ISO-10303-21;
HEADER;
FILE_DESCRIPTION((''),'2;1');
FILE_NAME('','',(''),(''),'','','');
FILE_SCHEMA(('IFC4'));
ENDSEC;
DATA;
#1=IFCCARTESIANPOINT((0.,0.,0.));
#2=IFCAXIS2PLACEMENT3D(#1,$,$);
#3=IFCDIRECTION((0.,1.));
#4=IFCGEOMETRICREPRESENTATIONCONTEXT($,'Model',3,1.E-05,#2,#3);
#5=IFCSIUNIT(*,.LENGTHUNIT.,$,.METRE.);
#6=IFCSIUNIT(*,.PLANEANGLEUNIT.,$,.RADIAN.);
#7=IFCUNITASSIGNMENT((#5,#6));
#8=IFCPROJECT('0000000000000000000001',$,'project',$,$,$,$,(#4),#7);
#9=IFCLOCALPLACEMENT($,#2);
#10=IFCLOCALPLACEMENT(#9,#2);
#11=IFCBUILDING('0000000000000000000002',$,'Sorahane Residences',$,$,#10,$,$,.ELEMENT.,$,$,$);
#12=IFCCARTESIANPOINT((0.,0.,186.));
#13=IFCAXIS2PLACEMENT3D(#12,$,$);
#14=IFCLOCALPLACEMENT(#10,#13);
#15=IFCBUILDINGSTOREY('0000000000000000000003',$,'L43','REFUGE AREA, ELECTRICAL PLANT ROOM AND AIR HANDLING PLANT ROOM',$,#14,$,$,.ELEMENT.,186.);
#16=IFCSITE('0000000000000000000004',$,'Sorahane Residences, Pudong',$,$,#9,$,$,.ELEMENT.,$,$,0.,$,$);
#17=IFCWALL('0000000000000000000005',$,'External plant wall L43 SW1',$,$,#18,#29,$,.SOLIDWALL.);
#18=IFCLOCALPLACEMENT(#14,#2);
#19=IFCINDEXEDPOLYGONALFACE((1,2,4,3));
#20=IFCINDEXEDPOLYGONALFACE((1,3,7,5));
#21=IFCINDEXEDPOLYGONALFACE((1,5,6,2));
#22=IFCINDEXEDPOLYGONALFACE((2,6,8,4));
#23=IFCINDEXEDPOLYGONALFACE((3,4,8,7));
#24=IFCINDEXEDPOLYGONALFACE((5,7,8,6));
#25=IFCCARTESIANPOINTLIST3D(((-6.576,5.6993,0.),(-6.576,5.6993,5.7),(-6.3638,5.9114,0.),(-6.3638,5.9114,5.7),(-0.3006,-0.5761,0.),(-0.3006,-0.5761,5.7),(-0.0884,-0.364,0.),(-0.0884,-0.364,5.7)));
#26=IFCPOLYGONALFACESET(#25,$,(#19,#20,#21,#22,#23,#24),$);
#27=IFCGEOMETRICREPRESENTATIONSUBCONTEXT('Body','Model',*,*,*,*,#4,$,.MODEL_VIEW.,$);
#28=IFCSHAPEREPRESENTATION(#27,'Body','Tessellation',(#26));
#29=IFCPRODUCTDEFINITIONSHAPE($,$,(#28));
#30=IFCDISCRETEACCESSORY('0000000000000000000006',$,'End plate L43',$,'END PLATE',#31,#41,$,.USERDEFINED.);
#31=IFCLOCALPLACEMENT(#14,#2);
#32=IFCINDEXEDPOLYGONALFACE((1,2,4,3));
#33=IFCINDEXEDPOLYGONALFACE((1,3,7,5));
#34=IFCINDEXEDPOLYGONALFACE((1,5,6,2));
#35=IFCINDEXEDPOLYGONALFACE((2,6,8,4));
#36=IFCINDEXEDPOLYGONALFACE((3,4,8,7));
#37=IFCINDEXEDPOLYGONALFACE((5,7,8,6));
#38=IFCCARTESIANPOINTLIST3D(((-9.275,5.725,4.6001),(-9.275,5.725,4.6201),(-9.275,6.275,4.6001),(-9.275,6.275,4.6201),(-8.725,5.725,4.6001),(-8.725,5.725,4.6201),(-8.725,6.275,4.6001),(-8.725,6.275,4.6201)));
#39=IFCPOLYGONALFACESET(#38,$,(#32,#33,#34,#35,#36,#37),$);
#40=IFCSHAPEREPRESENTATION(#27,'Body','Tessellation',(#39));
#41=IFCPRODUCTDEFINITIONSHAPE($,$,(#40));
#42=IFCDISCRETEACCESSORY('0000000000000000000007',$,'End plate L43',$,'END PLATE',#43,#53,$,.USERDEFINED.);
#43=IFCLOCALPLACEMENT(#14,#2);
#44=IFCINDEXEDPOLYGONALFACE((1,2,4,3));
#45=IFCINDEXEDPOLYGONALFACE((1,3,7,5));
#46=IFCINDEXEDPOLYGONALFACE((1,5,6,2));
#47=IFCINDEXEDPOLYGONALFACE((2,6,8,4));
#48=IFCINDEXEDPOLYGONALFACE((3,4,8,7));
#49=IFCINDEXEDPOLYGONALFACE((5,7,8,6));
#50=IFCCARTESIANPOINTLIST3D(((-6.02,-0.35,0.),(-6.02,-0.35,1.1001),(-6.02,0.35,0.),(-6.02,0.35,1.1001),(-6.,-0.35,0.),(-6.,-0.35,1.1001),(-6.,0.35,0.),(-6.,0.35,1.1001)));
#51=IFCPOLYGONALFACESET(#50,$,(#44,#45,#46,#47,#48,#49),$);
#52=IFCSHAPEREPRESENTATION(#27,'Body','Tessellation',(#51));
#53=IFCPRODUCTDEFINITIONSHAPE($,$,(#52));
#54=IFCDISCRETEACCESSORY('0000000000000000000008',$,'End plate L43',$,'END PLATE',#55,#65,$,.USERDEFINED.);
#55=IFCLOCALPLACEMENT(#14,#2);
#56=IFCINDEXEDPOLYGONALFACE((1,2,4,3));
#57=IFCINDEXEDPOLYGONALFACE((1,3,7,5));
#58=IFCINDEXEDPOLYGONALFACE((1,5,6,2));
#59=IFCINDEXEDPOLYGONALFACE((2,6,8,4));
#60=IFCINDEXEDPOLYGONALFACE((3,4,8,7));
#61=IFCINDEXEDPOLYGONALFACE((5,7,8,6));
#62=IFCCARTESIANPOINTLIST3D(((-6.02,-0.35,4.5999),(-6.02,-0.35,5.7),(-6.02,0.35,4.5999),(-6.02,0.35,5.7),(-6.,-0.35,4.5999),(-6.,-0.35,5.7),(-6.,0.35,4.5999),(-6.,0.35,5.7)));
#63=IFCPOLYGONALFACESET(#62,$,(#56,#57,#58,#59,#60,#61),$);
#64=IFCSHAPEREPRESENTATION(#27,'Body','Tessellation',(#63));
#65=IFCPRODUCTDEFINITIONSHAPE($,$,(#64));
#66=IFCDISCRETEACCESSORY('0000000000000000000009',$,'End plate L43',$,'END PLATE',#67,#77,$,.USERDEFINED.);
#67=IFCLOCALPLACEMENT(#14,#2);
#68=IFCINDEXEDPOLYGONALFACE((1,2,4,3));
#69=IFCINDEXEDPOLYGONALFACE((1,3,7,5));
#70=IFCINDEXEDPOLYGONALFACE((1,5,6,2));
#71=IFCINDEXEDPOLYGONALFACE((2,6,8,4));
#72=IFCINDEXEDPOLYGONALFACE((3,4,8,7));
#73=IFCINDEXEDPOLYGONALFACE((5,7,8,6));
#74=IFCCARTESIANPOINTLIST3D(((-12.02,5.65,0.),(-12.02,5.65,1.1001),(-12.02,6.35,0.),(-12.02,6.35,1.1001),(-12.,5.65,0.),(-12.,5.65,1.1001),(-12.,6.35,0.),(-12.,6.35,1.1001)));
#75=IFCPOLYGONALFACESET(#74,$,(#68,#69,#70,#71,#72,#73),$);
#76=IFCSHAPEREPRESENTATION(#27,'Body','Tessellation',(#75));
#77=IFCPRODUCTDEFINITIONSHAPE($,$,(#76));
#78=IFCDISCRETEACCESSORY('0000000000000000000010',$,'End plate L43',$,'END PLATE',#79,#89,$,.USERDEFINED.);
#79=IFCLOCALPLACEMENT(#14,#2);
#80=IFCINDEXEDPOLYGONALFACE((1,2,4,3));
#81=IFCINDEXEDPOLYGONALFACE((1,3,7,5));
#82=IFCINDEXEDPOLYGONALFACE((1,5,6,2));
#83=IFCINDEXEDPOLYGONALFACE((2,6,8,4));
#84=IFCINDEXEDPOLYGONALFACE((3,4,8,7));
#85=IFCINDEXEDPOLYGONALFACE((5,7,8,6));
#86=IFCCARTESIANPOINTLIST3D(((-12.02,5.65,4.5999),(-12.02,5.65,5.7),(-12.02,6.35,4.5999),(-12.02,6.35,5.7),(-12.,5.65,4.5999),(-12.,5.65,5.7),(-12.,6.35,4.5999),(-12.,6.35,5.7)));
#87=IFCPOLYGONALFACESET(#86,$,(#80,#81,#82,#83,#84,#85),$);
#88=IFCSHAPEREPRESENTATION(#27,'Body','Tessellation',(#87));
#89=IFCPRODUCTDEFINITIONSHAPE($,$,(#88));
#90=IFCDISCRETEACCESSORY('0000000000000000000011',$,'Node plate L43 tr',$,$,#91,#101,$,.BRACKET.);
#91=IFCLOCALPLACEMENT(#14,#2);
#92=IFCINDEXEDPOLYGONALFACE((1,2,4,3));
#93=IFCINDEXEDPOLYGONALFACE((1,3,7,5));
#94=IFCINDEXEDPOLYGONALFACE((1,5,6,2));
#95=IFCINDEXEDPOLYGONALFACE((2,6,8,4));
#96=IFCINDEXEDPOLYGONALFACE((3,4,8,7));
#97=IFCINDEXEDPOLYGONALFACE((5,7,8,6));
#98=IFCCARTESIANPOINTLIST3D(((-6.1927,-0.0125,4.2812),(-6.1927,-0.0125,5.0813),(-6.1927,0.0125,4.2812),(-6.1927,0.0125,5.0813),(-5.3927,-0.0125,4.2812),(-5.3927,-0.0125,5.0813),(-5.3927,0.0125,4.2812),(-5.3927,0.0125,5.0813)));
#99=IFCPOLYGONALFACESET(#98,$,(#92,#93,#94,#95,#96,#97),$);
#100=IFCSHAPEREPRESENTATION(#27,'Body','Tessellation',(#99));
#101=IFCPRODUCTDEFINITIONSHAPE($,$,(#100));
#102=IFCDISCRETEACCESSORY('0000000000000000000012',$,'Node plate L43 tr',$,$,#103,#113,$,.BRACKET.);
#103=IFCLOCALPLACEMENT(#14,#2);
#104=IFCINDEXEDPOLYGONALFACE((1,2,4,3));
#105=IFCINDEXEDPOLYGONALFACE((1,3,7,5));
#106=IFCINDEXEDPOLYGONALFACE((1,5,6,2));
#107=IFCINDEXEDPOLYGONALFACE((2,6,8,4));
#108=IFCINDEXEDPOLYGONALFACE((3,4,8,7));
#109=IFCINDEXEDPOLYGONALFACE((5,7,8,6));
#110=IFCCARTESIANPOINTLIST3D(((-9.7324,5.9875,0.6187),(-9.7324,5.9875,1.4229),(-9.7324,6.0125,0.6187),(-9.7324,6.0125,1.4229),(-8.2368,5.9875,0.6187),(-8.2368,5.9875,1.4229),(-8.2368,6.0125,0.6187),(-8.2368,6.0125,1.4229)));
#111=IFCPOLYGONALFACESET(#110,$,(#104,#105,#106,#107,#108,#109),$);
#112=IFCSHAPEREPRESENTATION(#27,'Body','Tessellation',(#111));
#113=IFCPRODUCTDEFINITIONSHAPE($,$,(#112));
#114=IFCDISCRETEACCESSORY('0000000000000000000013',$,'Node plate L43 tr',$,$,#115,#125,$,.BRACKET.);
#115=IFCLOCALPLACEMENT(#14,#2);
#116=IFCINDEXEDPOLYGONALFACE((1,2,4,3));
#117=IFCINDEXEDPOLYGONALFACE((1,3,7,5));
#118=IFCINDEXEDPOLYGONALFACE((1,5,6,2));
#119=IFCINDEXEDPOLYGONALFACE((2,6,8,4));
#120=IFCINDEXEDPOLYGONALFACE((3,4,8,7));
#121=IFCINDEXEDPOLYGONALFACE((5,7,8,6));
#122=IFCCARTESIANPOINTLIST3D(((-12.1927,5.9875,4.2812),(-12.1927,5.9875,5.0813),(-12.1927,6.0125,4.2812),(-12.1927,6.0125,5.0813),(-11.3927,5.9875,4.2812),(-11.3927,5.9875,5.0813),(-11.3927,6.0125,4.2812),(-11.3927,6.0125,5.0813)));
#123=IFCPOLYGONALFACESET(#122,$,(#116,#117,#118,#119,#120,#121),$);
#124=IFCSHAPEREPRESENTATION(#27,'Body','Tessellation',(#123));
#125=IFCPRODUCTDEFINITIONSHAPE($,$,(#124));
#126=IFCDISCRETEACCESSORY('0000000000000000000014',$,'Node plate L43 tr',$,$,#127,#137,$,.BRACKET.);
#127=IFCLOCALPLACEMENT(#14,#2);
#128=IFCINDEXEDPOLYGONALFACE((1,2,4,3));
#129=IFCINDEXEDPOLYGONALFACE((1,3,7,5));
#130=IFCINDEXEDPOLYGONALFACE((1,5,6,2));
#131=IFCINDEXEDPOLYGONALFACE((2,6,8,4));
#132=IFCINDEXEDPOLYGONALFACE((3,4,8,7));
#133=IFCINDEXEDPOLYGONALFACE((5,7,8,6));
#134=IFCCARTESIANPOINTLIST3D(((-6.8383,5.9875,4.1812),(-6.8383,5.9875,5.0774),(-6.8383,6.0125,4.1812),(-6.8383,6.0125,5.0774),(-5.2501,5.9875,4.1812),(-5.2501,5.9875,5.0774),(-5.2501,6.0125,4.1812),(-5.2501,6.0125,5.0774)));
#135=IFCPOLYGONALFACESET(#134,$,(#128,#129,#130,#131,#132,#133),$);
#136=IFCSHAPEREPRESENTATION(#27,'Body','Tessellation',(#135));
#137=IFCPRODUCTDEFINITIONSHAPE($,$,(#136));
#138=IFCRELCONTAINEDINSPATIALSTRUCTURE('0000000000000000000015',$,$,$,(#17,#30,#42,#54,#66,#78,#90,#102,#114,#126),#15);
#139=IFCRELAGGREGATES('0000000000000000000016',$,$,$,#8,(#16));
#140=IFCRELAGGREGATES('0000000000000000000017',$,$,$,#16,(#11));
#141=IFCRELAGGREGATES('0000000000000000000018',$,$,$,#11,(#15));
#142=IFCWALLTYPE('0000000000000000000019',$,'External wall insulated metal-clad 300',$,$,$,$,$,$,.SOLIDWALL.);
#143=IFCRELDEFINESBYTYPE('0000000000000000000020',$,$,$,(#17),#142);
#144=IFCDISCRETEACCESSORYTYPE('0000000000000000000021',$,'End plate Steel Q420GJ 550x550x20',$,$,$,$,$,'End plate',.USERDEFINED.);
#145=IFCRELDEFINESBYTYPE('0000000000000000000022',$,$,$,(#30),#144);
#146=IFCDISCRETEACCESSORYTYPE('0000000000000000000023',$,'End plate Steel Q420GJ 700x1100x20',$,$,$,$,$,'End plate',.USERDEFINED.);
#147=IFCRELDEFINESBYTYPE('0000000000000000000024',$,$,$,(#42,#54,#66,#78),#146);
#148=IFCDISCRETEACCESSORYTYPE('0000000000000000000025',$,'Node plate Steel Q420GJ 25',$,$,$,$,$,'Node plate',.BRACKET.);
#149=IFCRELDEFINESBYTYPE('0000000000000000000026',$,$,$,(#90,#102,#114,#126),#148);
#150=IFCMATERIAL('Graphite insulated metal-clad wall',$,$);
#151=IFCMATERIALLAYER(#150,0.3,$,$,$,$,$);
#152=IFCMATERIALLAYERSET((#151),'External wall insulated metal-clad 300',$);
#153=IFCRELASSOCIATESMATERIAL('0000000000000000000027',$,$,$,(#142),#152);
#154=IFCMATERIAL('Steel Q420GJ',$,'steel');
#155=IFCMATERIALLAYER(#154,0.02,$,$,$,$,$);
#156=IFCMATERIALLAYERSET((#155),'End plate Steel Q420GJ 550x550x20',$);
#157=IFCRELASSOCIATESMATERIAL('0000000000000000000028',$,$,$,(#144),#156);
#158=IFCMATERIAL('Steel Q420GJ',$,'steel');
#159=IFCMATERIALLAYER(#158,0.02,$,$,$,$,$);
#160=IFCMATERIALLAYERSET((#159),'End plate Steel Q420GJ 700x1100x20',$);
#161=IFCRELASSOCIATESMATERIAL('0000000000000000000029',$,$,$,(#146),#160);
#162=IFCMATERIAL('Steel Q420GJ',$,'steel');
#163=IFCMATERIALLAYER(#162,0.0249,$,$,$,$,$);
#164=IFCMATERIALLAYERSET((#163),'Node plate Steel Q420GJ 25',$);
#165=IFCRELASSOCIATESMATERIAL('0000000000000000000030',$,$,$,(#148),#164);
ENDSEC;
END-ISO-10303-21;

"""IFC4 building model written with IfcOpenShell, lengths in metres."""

from ifc_helpers import new_model, si_unit, direction, frame, frame_2d, origin, origin_2d, place, context, subcontext, project, spatial, rectangle, extrude, material, layer, layer_set, type_object, element, save


model = new_model("IFC4")

# Units and contexts
model_context = context("Model", 3, precision=1e-05, world=origin(), true_north=direction((0.0, 1.0)))
body_context = subcontext(model_context, "Body", "Model", "MODEL_VIEW")
ifc_project = project(units=[si_unit("LENGTHUNIT", "METRE"), si_unit("PLANEANGLEUNIT", "RADIAN")], contexts=[model_context])

# Site, building, storey
site_placement = place(None, origin())
site = spatial("IfcSite", under=ifc_project, at=site_placement, Name="Sorahane Residences, Pudong", CompositionType="ELEMENT", RefElevation=0.0)
building_placement = place(site_placement, origin())
building = spatial("IfcBuilding", under=site, at=building_placement, Name="Sorahane Residences", CompositionType="ELEMENT")
storey_placement = place(building_placement, frame((0.0, 0.0, 186.0)))
storey = spatial("IfcBuildingStorey", under=building, at=storey_placement, Name="L43", Description="REFUGE AREA, ELECTRICAL PLANT ROOM AND AIR HANDLING PLANT ROOM", CompositionType="ELEMENT", Elevation=186.0)

# Wall
ifc_material_1 = material(Name="Graphite insulated metal-clad wall")
ifc_layer_1 = layer(ifc_material_1, 0.3)
ifc_layer_set_1 = layer_set([ifc_layer_1], Name="External wall insulated metal-clad 300")
wall_type = type_object("IfcWallType", Name="External wall insulated metal-clad 300", PredefinedType="SOLIDWALL", material=ifc_layer_set_1)
wall_placement = place(storey_placement, frame((-6.47, 5.8054, 0.0), z_axis=(0.0, 0.0, 1.0), x_axis=(0.707107, -0.707107, 0.0)))
element("IfcWall", 1, at=wall_placement, inside=storey, type_object=wall_type, Name="External plant wall L43 SW1", PredefinedType="SOLIDWALL", context=body_context, shape_type="SweptSolid", body=[
    extrude(rectangle(XDim=8.8748, YDim=0.3, at=frame_2d((4.4375, 0.0))), origin(), (0.0, 0.0, 1.0), 5.7),
])

# Discrete accessories
ifc_material_2 = material(Name="Steel Q420GJ", Category="steel")
ifc_layer_2 = layer(ifc_material_2, 0.02)
ifc_layer_set_2 = layer_set([ifc_layer_2], Name="End plate Steel Q420GJ 550x550x20")
discrete_accessory_type_1 = type_object("IfcDiscreteAccessoryType", Name="End plate Steel Q420GJ 550x550x20", ElementType="End plate", PredefinedType="USERDEFINED", material=ifc_layer_set_2)
discrete_accessory_1_placement = place(storey_placement, frame((-9.0, 6.0, 4.6001), z_axis=(0.0, 0.0, 1.0), x_axis=(1.0, 0.0, 0.0)))
element("IfcDiscreteAccessory", 2, at=discrete_accessory_1_placement, inside=storey, type_object=discrete_accessory_type_1, Name="End plate L43", ObjectType="END PLATE", PredefinedType="USERDEFINED", context=body_context, shape_type="SweptSolid", body=[
    extrude(rectangle(XDim=0.55, YDim=0.55, at=origin_2d()), origin(), (0.0, 0.0, 1.0), 0.02),
])
ifc_material_3 = material(Name="Steel Q420GJ", Category="steel")
ifc_layer_3 = layer(ifc_material_3, 0.02)
ifc_layer_set_3 = layer_set([ifc_layer_3], Name="End plate Steel Q420GJ 700x1100x20")
discrete_accessory_type_2 = type_object("IfcDiscreteAccessoryType", Name="End plate Steel Q420GJ 700x1100x20", ElementType="End plate", PredefinedType="USERDEFINED", material=ifc_layer_set_3)
for number, where, z_axis, x_axis, name in (
    (3, (-6.01, 0.0, 0.0), (0.0, 0.0, 1.0), (1.0, 0.0, 0.0), "End plate L43"),
    (4, (-6.01, 0.0, 4.5999), (0.0, 0.0, 1.0), (1.0, 0.0, 0.0), "End plate L43"),
    (5, (-12.01, 6.0, 0.0), (0.0, 0.0, 1.0), (1.0, 0.0, 0.0), "End plate L43"),
    (6, (-12.01, 6.0, 4.5999), (0.0, 0.0, 1.0), (1.0, 0.0, 0.0), "End plate L43"),
):
    element("IfcDiscreteAccessory", number, at=place(storey_placement, frame(where, z_axis=z_axis, x_axis=x_axis)), inside=storey, type_object=discrete_accessory_type_2, Name=name, ObjectType="END PLATE", PredefinedType="USERDEFINED", context=body_context, shape_type="SweptSolid", body=[
        extrude(rectangle(XDim=0.02, YDim=0.7, at=origin_2d()), origin(), (0.0, 0.0, 1.0), 1.1001),
    ])
ifc_material_4 = material(Name="Steel Q420GJ", Category="steel")
ifc_layer_4 = layer(ifc_material_4, 0.0249)
ifc_layer_set_4 = layer_set([ifc_layer_4], Name="Node plate Steel Q420GJ 25")
discrete_accessory_type_3 = type_object("IfcDiscreteAccessoryType", Name="Node plate Steel Q420GJ 25", ElementType="Node plate", PredefinedType="BRACKET", material=ifc_layer_set_4)
discrete_accessory_2_placement = place(storey_placement, frame((-5.7927, 0.0, 4.2812), z_axis=(0.0, 0.0, 1.0), x_axis=(1.0, 0.0, 0.0)))
element("IfcDiscreteAccessory", 7, at=discrete_accessory_2_placement, inside=storey, type_object=discrete_accessory_type_3, Name="Node plate L43 tr", PredefinedType="BRACKET", context=body_context, shape_type="SweptSolid", body=[
    extrude(rectangle(XDim=0.8, YDim=0.0249, at=origin_2d()), origin(), (0.0, 0.0, 1.0), 0.8),
])
discrete_accessory_3_placement = place(storey_placement, frame((-8.9846, 6.0, 0.6187), z_axis=(0.0, 0.0, 1.0), x_axis=(1.0, 0.0, 0.0)))
element("IfcDiscreteAccessory", 8, at=discrete_accessory_3_placement, inside=storey, type_object=discrete_accessory_type_3, Name="Node plate L43 tr", PredefinedType="BRACKET", context=body_context, shape_type="SweptSolid", body=[
    extrude(rectangle(XDim=1.4956, YDim=0.0249, at=origin_2d()), origin(), (0.0, 0.0, 1.0), 0.8042),
])
discrete_accessory_4_placement = place(storey_placement, frame((-11.7927, 6.0, 4.2812), z_axis=(0.0, 0.0, 1.0), x_axis=(1.0, 0.0, 0.0)))
element("IfcDiscreteAccessory", 9, at=discrete_accessory_4_placement, inside=storey, type_object=discrete_accessory_type_3, Name="Node plate L43 tr", PredefinedType="BRACKET", context=body_context, shape_type="SweptSolid", body=[
    extrude(rectangle(XDim=0.8, YDim=0.0249, at=origin_2d()), origin(), (0.0, 0.0, 1.0), 0.8),
])
discrete_accessory_5_placement = place(storey_placement, frame((-6.0442, 6.0, 4.1812), z_axis=(0.0, 0.0, 1.0), x_axis=(1.0, 0.0, 0.0)))
element("IfcDiscreteAccessory", 10, at=discrete_accessory_5_placement, inside=storey, type_object=discrete_accessory_type_3, Name="Node plate L43 tr", PredefinedType="BRACKET", context=body_context, shape_type="SweptSolid", body=[
    extrude(rectangle(XDim=1.5881, YDim=0.0249, at=origin_2d()), origin(), (0.0, 0.0, 1.0), 0.8962),
])

save(model, "model.ifc")
